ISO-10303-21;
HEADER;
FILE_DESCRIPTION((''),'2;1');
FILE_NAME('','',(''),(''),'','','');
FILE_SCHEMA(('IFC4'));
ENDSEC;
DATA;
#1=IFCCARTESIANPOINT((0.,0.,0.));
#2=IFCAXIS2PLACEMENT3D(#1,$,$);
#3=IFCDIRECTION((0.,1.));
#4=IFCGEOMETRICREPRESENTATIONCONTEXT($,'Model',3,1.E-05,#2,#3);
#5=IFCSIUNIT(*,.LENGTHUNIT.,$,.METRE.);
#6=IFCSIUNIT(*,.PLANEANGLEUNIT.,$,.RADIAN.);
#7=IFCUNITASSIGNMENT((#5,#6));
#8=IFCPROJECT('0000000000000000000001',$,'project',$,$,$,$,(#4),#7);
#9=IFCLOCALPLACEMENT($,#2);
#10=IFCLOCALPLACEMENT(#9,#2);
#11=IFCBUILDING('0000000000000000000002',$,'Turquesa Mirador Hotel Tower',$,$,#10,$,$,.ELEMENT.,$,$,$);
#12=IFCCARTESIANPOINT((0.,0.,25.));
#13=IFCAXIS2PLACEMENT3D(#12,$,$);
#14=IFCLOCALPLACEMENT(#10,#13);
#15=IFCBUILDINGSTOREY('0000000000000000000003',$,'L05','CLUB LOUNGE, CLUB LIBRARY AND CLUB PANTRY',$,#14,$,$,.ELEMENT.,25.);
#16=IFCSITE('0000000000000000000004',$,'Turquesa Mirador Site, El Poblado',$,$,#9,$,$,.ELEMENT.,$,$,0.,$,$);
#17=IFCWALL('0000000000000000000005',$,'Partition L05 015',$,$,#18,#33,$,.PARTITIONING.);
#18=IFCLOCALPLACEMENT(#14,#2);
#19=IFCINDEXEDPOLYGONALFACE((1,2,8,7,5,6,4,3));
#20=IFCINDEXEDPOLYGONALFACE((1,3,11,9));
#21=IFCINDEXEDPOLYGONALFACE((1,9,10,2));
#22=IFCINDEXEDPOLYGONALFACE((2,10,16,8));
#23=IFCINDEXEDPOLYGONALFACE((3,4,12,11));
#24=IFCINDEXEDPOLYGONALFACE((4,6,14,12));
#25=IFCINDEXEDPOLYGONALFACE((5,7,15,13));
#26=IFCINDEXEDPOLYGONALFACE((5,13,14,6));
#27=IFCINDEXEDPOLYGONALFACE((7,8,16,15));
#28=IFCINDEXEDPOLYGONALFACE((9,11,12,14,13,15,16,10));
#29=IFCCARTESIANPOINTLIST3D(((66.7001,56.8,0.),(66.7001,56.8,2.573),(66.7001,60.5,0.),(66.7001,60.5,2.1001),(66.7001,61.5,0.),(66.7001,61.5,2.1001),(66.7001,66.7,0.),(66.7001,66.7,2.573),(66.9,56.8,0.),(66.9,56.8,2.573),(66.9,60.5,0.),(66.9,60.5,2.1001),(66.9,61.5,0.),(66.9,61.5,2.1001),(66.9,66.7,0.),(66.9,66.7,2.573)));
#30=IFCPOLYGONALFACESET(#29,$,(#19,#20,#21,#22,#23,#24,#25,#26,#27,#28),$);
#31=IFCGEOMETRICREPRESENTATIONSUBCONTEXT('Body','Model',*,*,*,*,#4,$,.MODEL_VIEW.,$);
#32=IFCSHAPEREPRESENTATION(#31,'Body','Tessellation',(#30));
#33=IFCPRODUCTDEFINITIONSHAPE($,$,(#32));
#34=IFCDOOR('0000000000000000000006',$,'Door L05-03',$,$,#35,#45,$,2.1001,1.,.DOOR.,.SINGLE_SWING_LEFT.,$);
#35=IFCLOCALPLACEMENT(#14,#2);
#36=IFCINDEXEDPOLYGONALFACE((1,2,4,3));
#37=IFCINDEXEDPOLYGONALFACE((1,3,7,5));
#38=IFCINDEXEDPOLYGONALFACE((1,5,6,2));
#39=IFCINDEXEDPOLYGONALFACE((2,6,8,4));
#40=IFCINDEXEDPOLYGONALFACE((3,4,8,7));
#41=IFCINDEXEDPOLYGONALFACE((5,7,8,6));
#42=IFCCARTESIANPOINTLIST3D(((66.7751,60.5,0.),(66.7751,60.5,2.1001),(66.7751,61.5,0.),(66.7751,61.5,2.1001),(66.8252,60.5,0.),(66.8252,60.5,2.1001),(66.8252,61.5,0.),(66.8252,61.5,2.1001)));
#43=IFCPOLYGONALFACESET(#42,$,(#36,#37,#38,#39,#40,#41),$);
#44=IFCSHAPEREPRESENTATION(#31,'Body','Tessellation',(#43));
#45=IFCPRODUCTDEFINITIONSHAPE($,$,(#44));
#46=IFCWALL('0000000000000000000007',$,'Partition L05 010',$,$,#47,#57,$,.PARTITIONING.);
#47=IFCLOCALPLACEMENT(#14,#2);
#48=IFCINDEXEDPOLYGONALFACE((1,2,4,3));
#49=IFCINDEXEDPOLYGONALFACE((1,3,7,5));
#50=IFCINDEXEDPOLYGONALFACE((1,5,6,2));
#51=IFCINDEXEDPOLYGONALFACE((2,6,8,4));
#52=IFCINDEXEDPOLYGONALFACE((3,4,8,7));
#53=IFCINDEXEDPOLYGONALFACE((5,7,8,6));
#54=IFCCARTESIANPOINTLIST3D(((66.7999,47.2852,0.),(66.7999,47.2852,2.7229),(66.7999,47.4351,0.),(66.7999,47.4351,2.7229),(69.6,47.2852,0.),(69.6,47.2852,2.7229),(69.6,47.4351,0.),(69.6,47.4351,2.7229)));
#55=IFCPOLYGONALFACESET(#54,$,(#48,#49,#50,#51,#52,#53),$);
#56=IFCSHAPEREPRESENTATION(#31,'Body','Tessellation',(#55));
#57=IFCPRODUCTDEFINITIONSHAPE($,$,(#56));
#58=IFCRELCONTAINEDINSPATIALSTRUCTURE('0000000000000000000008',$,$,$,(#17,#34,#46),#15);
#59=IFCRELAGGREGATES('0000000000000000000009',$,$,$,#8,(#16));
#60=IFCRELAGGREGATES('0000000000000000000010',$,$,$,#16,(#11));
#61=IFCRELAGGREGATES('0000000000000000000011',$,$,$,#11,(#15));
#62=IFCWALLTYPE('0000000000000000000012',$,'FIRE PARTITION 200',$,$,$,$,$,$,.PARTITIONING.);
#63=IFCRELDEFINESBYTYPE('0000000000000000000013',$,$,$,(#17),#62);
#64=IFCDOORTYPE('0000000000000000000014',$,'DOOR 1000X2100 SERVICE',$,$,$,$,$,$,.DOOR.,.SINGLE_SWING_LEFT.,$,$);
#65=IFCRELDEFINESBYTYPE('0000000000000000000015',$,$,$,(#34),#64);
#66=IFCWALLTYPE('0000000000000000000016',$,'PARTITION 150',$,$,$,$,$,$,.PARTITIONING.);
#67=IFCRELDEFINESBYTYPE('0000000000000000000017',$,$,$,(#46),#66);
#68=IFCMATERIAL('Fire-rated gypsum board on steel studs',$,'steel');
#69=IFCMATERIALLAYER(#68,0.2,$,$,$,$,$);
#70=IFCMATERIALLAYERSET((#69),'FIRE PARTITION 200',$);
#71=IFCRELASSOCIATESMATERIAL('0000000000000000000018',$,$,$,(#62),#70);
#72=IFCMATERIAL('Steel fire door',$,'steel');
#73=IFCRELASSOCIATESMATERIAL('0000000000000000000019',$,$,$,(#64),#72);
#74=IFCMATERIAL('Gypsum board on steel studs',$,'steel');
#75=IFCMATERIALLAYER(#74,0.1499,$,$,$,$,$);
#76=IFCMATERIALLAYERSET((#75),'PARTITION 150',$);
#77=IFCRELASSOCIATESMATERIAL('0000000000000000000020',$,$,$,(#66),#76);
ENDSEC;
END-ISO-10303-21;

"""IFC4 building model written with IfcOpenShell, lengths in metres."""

from ifc_helpers import new_model, si_unit, direction, frame, frame_2d, origin, place, context, subcontext, project, spatial, rectangle, extrude, material, layer, layer_set, type_object, element, fill, save


model = new_model("IFC4")

# Units and contexts
model_context = context("Model", 3, precision=1e-05, world=origin(), true_north=direction((0.0, 1.0)))
body_context = subcontext(model_context, "Body", "Model", "MODEL_VIEW")
ifc_project = project(units=[si_unit("LENGTHUNIT", "METRE"), si_unit("PLANEANGLEUNIT", "RADIAN")], contexts=[model_context])

# Site, building, storey
site_placement = place(None, origin())
site = spatial("IfcSite", under=ifc_project, at=site_placement, Name="Turquesa Mirador Site, El Poblado", CompositionType="ELEMENT", RefElevation=0.0)
building_placement = place(site_placement, origin())
building = spatial("IfcBuilding", under=site, at=building_placement, Name="Turquesa Mirador Hotel Tower", CompositionType="ELEMENT")
storey_placement = place(building_placement, frame((0.0, 0.0, 25.0)))
storey = spatial("IfcBuildingStorey", under=building, at=storey_placement, Name="L05", Description="CLUB LOUNGE, CLUB LIBRARY AND CLUB PANTRY", CompositionType="ELEMENT", Elevation=25.0)

# Shared definitions
ifc_material_1 = material(Name="Fire-rated gypsum board on steel studs", Category="steel")
ifc_layer_1 = layer(ifc_material_1, 0.2)
ifc_layer_set_1 = layer_set([ifc_layer_1], Name="FIRE PARTITION 200")
wall_type_1 = type_object("IfcWallType", Name="FIRE PARTITION 200", PredefinedType="PARTITIONING", material=ifc_layer_set_1)

# Wall, opening, door
wall_1_placement = place(storey_placement, frame((66.8, 56.8, 0.0), z_axis=(0.0, 0.0, 1.0), x_axis=(0.0, 1.0, 0.0)))
wall_1 = element("IfcWall", 1, at=wall_1_placement, inside=storey, type_object=wall_type_1, Name="Partition L05 015", PredefinedType="PARTITIONING", context=body_context, shape_type="SweptSolid", body=[
    extrude(rectangle(XDim=9.8999, YDim=0.2, at=frame_2d((4.95, 0.0))), origin(), (0.0, 0.0, 1.0), 2.573),
])
opening_placement = place(wall_1_placement, frame((3.7, 0.0, 0.0)))
opening = element("IfcOpeningElement", 2, at=opening_placement, cuts=wall_1, PredefinedType="OPENING", context=body_context, shape_type="SweptSolid", body=[
    extrude(rectangle(XDim=1.0, YDim=2.1001, at=frame_2d((0.5, 1.05))), frame((0.0, 0.1099, 0.0), z_axis=(0.0, -1.0, 0.0), x_axis=(1.0, 0.0, 0.0)), (0.0, 0.0, 1.0), 0.22),
])
ifc_material_2 = material(Name="Steel fire door", Category="steel")
door_type = type_object("IfcDoorType", Name="DOOR 1000X2100 SERVICE", OperationType="SINGLE_SWING_LEFT", PredefinedType="DOOR", material=ifc_material_2)
door_placement = place(opening_placement, origin())
door = element("IfcDoor", 3, at=door_placement, inside=storey, type_object=door_type, Name="Door L05-03", OperationType="SINGLE_SWING_LEFT", OverallHeight=2.1001, OverallWidth=1.0, PredefinedType="DOOR", context=body_context, shape_type="SweptSolid", body=[
    extrude(rectangle(XDim=1.0, YDim=2.1001, at=frame_2d((0.5, 1.05))), frame((0.0, 0.0249, 0.0), z_axis=(0.0, -1.0, 0.0), x_axis=(1.0, 0.0, 0.0)), (0.0, 0.0, 1.0), 0.05),
])
fill(opening, door)

# Wall
ifc_material_3 = material(Name="Gypsum board on steel studs", Category="steel")
ifc_layer_2 = layer(ifc_material_3, 0.1499)
ifc_layer_set_2 = layer_set([ifc_layer_2], Name="PARTITION 150")
wall_type_2 = type_object("IfcWallType", Name="PARTITION 150", PredefinedType="PARTITIONING", material=ifc_layer_set_2)
wall_2_placement = place(storey_placement, frame((66.8, 47.3601, 0.0), z_axis=(0.0, 0.0, 1.0), x_axis=(1.0, 0.0, 0.0)))
element("IfcWall", 4, at=wall_2_placement, inside=storey, type_object=wall_type_2, Name="Partition L05 010", PredefinedType="PARTITIONING", context=body_context, shape_type="SweptSolid", body=[
    extrude(rectangle(XDim=2.8, YDim=0.1499, at=frame_2d((1.3999, 0.0))), origin(), (0.0, 0.0, 1.0), 2.7229),
])

save(model, "model.ifc")
